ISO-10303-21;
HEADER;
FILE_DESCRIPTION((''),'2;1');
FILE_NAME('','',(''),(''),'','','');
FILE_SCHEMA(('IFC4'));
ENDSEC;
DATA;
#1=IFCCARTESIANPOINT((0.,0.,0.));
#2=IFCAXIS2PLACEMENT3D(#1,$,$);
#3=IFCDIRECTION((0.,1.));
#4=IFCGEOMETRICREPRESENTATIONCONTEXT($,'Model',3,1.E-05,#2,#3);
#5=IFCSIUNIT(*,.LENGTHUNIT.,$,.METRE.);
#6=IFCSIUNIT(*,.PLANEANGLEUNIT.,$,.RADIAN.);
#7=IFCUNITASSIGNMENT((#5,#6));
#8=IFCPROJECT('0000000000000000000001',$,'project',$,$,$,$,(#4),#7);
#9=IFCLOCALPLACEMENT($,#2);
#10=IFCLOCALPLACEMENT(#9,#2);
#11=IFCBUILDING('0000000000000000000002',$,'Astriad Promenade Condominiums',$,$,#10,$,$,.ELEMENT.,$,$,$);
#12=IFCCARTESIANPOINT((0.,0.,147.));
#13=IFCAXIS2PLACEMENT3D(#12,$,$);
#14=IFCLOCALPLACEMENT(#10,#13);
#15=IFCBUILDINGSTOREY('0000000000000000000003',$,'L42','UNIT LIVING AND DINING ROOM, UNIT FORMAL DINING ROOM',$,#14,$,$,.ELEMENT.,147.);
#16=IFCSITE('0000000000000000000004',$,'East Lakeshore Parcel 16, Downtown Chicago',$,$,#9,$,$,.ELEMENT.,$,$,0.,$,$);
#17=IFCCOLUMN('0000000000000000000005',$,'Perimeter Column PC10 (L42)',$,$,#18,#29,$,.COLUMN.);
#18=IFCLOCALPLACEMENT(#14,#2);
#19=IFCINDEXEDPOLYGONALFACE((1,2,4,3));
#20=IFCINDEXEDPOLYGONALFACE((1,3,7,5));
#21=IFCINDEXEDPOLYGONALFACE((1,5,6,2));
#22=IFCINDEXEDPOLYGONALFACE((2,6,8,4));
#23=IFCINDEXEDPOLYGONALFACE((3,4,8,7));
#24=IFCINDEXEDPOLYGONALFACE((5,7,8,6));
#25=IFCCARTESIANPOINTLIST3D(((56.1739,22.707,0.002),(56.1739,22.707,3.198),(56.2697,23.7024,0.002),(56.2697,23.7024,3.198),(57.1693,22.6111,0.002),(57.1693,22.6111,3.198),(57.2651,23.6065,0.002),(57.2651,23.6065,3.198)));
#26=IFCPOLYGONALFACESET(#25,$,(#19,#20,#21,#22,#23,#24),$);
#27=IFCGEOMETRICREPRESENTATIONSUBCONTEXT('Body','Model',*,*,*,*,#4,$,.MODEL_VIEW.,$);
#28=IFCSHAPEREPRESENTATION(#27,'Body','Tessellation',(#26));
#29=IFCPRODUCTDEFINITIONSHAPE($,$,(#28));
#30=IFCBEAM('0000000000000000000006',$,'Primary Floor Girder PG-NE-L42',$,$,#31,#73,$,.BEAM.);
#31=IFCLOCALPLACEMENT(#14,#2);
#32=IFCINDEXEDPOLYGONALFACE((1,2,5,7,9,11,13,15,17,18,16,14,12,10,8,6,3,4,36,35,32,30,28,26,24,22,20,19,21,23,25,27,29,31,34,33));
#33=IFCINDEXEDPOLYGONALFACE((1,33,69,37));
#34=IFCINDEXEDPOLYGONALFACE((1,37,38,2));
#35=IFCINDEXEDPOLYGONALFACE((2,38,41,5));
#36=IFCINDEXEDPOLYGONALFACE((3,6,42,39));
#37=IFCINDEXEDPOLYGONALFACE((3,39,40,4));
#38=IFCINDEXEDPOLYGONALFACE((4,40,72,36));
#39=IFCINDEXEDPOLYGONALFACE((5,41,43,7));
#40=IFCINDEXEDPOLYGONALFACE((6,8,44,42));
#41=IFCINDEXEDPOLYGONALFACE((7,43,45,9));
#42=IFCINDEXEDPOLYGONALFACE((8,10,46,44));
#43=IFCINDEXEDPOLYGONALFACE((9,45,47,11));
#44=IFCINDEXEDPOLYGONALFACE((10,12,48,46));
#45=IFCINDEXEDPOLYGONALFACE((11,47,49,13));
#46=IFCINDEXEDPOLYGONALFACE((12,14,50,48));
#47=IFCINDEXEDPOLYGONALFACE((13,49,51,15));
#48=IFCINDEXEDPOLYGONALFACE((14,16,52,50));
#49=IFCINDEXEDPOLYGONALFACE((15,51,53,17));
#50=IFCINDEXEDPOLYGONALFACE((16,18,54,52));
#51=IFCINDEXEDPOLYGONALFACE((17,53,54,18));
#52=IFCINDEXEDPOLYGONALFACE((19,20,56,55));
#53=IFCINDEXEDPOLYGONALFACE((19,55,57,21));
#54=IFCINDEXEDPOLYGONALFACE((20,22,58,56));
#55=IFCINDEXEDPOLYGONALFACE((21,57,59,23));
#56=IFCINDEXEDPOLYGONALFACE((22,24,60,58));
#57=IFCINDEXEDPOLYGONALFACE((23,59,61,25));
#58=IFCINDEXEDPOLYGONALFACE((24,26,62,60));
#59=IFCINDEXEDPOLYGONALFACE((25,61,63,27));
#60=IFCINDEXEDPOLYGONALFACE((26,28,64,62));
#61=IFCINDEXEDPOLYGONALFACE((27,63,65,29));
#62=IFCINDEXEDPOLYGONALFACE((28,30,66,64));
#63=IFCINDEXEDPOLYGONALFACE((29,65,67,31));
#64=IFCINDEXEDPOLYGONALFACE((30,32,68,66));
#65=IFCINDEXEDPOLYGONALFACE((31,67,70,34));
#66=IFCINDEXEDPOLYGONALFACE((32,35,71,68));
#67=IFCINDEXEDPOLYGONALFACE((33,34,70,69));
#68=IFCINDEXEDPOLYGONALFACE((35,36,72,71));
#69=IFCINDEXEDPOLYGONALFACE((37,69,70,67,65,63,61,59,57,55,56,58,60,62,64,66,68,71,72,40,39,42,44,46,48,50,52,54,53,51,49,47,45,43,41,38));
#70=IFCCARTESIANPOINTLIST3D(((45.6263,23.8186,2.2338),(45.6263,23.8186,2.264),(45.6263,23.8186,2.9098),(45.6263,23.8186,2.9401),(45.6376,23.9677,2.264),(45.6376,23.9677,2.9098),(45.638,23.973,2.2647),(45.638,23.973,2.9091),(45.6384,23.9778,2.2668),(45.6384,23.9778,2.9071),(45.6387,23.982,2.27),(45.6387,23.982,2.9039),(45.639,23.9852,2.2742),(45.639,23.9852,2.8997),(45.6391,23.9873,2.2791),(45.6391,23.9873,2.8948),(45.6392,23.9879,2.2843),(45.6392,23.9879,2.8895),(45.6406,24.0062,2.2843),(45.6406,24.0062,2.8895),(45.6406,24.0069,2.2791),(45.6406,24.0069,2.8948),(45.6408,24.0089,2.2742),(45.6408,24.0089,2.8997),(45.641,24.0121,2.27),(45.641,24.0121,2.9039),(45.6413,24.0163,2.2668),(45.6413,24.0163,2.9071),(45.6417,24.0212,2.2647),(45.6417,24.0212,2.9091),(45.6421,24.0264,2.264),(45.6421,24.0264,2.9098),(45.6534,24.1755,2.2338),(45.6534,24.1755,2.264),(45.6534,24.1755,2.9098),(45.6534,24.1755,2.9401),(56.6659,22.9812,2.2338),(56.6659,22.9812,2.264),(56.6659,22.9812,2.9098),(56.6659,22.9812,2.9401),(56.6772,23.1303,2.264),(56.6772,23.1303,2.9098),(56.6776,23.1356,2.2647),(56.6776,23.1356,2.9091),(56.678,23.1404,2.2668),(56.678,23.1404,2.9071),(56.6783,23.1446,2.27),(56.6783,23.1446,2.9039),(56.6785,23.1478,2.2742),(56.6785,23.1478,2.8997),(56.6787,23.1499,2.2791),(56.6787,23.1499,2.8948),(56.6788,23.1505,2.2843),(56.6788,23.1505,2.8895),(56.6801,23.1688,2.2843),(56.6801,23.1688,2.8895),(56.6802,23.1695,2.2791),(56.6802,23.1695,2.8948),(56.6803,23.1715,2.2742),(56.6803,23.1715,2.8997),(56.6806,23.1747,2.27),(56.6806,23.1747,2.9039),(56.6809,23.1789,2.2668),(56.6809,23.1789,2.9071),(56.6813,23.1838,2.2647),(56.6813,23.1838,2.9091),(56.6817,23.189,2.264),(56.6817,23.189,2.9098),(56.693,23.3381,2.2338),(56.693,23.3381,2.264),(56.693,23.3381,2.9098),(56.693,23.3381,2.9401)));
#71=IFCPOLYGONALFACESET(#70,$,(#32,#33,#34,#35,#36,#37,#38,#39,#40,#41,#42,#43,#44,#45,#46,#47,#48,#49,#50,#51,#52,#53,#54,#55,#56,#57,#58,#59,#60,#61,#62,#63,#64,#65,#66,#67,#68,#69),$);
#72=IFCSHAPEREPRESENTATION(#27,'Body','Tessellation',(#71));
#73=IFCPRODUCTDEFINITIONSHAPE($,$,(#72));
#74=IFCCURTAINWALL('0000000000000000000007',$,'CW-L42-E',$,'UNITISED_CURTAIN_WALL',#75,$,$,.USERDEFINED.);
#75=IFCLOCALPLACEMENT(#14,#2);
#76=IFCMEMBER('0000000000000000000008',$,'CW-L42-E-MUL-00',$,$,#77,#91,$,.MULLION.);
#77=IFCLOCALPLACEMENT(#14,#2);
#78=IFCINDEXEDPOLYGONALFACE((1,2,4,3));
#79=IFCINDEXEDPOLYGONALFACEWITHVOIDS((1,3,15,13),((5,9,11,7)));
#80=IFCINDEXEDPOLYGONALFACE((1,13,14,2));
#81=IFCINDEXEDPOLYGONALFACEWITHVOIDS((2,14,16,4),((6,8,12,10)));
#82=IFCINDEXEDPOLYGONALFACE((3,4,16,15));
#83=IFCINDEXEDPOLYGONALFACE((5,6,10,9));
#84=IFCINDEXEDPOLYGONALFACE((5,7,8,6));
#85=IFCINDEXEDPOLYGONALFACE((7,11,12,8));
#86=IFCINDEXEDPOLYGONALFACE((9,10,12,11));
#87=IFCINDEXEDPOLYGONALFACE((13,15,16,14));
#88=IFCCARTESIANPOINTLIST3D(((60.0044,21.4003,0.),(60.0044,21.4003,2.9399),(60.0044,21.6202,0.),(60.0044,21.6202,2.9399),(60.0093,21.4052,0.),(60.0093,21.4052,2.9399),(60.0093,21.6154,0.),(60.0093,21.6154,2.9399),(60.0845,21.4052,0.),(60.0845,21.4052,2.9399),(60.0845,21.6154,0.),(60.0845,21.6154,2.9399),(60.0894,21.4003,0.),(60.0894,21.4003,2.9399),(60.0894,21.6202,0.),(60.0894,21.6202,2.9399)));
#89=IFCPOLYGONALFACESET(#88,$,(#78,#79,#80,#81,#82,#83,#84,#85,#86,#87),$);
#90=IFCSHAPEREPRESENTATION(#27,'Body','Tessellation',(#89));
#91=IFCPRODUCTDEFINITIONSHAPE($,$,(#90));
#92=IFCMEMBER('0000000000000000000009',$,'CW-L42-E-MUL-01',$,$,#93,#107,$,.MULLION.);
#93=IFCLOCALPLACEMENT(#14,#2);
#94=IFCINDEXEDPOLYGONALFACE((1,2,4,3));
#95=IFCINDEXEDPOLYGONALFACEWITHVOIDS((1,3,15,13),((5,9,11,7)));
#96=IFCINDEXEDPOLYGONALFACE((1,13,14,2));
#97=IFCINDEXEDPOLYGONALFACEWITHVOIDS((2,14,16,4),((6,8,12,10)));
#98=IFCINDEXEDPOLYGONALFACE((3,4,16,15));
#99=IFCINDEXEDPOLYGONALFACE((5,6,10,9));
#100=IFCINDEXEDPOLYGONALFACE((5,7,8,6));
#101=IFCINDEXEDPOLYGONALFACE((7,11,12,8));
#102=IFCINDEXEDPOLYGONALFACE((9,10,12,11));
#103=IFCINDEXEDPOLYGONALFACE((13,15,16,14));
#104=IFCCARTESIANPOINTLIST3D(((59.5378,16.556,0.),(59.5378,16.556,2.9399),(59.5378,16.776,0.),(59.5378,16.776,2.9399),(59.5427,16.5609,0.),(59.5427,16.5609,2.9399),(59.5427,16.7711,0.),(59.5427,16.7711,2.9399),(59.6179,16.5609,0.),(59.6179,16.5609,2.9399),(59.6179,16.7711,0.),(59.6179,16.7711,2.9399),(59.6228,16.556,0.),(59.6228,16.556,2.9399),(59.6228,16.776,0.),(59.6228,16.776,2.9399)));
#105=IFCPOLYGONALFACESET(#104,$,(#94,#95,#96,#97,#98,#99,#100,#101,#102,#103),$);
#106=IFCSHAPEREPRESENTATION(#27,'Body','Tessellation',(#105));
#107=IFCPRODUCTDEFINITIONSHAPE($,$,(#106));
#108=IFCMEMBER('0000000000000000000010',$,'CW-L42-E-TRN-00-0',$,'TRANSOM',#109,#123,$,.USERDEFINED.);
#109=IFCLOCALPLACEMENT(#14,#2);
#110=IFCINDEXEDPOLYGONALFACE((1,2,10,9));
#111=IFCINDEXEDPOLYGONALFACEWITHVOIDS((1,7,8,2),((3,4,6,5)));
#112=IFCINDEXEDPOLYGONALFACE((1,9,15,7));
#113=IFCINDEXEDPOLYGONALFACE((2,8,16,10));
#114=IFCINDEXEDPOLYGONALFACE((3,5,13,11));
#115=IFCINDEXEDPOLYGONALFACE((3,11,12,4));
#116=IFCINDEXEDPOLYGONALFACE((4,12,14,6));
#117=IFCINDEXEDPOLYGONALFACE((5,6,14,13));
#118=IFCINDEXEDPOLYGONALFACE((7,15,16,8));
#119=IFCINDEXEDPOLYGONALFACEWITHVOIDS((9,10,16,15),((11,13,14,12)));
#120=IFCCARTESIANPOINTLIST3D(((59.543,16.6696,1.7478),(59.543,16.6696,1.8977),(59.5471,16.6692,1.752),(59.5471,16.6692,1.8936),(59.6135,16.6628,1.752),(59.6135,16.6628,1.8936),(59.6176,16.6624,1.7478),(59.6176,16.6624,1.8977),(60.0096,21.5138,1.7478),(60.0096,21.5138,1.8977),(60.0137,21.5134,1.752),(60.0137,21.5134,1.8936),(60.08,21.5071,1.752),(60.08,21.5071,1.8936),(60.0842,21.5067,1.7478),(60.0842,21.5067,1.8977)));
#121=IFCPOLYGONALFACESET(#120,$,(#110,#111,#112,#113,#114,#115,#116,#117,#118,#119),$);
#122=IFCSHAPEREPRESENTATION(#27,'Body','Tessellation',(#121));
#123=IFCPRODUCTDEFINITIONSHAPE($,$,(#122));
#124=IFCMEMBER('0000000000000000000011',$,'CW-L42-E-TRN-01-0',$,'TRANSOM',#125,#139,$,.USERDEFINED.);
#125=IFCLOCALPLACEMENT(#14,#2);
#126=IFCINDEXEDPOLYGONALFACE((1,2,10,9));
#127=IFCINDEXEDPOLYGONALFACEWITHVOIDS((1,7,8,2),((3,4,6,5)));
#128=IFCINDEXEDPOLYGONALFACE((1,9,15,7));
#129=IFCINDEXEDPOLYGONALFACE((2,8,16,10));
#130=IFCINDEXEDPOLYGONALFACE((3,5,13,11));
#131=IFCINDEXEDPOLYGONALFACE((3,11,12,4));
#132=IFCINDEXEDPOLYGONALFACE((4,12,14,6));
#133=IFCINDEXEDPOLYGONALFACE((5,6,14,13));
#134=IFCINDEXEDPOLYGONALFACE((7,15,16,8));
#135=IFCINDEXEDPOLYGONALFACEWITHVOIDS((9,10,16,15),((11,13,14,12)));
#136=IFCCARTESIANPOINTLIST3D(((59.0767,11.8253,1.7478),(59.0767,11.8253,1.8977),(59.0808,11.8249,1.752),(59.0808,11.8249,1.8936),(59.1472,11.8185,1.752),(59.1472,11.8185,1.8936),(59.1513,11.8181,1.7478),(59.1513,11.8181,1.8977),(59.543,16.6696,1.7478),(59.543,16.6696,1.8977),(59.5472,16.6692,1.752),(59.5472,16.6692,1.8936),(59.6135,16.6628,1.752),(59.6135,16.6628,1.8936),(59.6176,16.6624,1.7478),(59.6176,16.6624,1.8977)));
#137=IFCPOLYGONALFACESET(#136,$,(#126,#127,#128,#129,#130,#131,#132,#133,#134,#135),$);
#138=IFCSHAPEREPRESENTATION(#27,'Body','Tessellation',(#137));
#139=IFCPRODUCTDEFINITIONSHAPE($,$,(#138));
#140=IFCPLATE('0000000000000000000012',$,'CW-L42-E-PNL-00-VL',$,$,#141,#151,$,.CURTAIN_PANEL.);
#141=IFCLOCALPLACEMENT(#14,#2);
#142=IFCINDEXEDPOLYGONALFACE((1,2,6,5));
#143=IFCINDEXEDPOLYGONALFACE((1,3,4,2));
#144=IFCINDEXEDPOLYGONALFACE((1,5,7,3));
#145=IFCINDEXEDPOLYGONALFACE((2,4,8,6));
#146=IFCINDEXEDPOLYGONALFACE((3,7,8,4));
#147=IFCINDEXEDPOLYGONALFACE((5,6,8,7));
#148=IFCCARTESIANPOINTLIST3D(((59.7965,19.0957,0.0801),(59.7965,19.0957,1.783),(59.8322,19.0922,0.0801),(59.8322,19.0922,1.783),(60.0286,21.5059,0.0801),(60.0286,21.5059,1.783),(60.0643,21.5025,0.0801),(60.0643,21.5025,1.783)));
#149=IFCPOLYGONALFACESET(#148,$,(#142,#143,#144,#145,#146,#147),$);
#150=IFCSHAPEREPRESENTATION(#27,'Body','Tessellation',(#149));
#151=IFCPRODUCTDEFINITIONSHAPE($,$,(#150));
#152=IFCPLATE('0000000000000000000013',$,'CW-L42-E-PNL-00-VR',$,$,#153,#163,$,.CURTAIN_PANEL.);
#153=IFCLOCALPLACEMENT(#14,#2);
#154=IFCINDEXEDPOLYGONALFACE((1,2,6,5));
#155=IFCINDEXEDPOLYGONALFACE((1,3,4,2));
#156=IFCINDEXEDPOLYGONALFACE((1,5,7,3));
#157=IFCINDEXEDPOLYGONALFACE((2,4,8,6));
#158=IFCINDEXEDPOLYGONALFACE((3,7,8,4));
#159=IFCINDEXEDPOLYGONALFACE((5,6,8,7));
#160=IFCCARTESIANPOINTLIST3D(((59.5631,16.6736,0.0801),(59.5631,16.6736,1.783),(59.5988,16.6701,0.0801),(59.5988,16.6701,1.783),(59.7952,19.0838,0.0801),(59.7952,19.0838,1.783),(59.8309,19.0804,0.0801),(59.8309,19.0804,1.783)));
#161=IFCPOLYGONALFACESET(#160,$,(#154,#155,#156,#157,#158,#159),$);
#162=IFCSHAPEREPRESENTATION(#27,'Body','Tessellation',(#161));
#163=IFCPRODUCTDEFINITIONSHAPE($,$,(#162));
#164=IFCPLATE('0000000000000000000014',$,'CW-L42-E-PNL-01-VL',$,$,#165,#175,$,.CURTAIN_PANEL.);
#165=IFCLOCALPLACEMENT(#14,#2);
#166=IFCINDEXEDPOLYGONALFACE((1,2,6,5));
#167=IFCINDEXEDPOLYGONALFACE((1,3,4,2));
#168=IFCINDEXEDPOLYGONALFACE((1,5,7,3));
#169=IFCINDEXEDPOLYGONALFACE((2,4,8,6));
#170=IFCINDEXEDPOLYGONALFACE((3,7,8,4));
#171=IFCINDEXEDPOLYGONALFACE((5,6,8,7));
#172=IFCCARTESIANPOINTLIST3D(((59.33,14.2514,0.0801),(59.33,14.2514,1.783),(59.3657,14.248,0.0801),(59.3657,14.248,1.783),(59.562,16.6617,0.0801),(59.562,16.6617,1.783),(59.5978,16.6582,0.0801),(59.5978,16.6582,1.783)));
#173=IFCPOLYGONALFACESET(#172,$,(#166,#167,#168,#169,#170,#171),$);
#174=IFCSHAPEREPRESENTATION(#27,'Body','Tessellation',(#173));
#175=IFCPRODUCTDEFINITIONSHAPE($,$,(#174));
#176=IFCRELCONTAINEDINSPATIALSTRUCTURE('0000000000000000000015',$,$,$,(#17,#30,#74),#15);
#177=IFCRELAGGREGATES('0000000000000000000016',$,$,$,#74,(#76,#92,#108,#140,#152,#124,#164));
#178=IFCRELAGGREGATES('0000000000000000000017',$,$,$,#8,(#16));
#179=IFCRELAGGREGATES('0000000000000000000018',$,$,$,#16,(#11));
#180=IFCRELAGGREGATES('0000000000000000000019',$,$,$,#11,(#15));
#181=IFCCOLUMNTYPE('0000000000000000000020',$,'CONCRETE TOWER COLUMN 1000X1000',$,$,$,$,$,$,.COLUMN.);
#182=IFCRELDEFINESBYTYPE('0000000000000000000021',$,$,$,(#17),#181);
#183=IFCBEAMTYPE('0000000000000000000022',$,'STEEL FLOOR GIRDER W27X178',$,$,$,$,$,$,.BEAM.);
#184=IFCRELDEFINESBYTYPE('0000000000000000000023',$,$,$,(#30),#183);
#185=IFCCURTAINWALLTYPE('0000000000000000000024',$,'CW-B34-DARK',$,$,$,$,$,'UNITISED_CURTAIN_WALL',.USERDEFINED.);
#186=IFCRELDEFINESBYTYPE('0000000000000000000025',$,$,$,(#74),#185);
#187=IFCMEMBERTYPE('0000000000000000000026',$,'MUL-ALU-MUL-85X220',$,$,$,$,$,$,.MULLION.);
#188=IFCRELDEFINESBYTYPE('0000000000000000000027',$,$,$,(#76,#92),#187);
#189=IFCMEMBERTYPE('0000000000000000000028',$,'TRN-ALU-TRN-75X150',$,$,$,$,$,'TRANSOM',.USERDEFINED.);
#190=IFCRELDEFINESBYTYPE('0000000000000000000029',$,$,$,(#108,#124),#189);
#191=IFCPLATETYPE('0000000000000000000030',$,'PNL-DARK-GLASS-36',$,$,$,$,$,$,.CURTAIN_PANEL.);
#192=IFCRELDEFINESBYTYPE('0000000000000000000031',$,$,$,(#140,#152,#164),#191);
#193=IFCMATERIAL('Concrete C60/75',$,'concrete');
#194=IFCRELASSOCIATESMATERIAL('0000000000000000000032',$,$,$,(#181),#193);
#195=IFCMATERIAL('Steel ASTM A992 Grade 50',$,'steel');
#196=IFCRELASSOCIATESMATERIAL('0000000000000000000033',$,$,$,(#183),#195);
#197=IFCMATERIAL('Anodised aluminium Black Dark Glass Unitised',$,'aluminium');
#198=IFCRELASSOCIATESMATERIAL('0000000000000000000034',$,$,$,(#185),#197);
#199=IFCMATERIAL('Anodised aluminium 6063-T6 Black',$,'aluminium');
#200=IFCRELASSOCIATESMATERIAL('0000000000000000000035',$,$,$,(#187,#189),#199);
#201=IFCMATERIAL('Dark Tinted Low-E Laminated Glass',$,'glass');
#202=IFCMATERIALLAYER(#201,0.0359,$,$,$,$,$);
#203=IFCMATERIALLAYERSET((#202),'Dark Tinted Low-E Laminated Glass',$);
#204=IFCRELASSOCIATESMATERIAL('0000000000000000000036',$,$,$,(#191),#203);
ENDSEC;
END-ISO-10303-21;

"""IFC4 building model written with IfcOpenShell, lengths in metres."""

from ifc_helpers import new_model, si_unit, direction, frame, origin, origin_2d, place, context, subcontext, project, spatial, rectangle, hollow_rectangle, i_section, extrude, source, transform, mapped, material, layer, layer_set, material_profile, profile_set, type_object, type_shapes, element, aggregate, save


model = new_model("IFC4")

# Units and contexts
model_context = context("Model", 3, precision=1e-05, world=origin(), true_north=direction((0.0, 1.0)))
body_context = subcontext(model_context, "Body", "Model", "MODEL_VIEW")
ifc_project = project(units=[si_unit("LENGTHUNIT", "METRE"), si_unit("PLANEANGLEUNIT", "RADIAN")], contexts=[model_context])

# Site, building, storey
site_placement = place(None, origin())
site = spatial("IfcSite", under=ifc_project, at=site_placement, Name="East Lakeshore Parcel 16, Downtown Chicago", CompositionType="ELEMENT", RefElevation=0.0)
building_placement = place(site_placement, origin())
building = spatial("IfcBuilding", under=site, at=building_placement, Name="Astriad Promenade Condominiums", CompositionType="ELEMENT")
storey_placement = place(building_placement, frame((0.0, 0.0, 147.0)))
storey = spatial("IfcBuildingStorey", under=building, at=storey_placement, Name="L42", Description="UNIT LIVING AND DINING ROOM, UNIT FORMAL DINING ROOM", CompositionType="ELEMENT", Elevation=147.0)

# Column
ifc_material_1 = material(Name="Concrete C60/75", Category="concrete")
ifc_material_profile_1 = material_profile(ifc_material_1, rectangle(XDim=1.0, YDim=1.0, at=origin_2d()), Name="RC-COL-1000X1000")
ifc_profile_set_1 = profile_set([ifc_material_profile_1], Name="Concrete C60/75")
column_type = type_object("IfcColumnType", Name="CONCRETE TOWER COLUMN 1000X1000", PredefinedType="COLUMN", material=ifc_profile_set_1)
shared_shape_1 = source(origin(), body_context, "Body", "SweptSolid", [
    extrude(rectangle(XDim=1.0, YDim=1.0, at=origin_2d()), origin(), (0.0, 0.0, 1.0), 3.196),
])
type_shapes(column_type, [shared_shape_1])
column_placement = place(storey_placement, frame((56.7195, 23.1567, 0.002), z_axis=(0.0, 0.0, 1.0), x_axis=(0.995396, -0.095846, 0.0)))
element("IfcColumn", 1, at=column_placement, inside=storey, type_object=column_type, Name="Perimeter Column PC10 (L42)", PredefinedType="COLUMN", context=body_context, shape_type="MappedRepresentation", body=[
    mapped(shared_shape_1, transform((0.0, 0.0, 0.0), scale=1.0)),
])

# Beam
ifc_material_2 = material(Name="Steel ASTM A992 Grade 50", Category="steel")
ifc_material_profile_2 = material_profile(ifc_material_2, i_section(OverallWidth=0.3579, OverallDepth=0.7063, WebThickness=0.0183, FlangeThickness=0.0303, FilletRadius=0.0203, at=origin_2d()), Name="W27X178")
ifc_profile_set_2 = profile_set([ifc_material_profile_2], Name="Steel ASTM A992 Grade 50")
beam_type = type_object("IfcBeamType", Name="STEEL FLOOR GIRDER W27X178", PredefinedType="BEAM", material=ifc_profile_set_2)
shared_shape_2 = source(origin(), body_context, "Body", "SweptSolid", [
    extrude(i_section(OverallWidth=0.3579, OverallDepth=0.7063, WebThickness=0.0183, FlangeThickness=0.0303, FilletRadius=0.0203, at=origin_2d()), origin(), (0.0, 0.0, 1.0), 11.0713),
])
type_shapes(beam_type, [shared_shape_2])
beam_placement = place(storey_placement, frame((56.6794, 23.1597, 2.5869), z_axis=(-0.997135, 0.075637, 0.0), x_axis=(-0.075637, -0.997135, 0.0)))
element("IfcBeam", 2, at=beam_placement, inside=storey, type_object=beam_type, Name="Primary Floor Girder PG-NE-L42", PredefinedType="BEAM", context=body_context, shape_type="MappedRepresentation", body=[
    mapped(shared_shape_2, transform((0.0, 0.0, 0.0), scale=1.0)),
])

# Curtain wall, members, plates
ifc_material_3 = material(Name="Anodised aluminium Black Dark Glass Unitised", Category="aluminium")
curtain_wall_type = type_object("IfcCurtainWallType", Name="CW-B34-DARK", ElementType="UNITISED_CURTAIN_WALL", PredefinedType="USERDEFINED", material=ifc_material_3)
curtain_wall_placement = place(storey_placement, origin())
curtain_wall = element("IfcCurtainWall", 3, at=curtain_wall_placement, inside=storey, type_object=curtain_wall_type, Name="CW-L42-E", ObjectType="UNITISED_CURTAIN_WALL", PredefinedType="USERDEFINED")
ifc_material_4 = material(Name="Anodised aluminium 6063-T6 Black", Category="aluminium")
ifc_material_profile_3 = material_profile(ifc_material_4, hollow_rectangle(XDim=0.085, YDim=0.22, WallThickness=0.0049, at=origin_2d()), Name="ALU-MUL-85X220")
ifc_profile_set_3 = profile_set([ifc_material_profile_3], Name="Anodised aluminium 6063-T6 Black")
member_type_1 = type_object("IfcMemberType", Name="MUL-ALU-MUL-85X220", PredefinedType="MULLION", material=ifc_profile_set_3)
shared_shape_3 = source(origin(), body_context, "Body", "SweptSolid", [
    extrude(hollow_rectangle(XDim=0.085, YDim=0.22, WallThickness=0.0049, at=origin_2d()), origin(), (0.0, 0.0, 1.0), 2.9399),
])
type_shapes(member_type_1, [shared_shape_3])
member_1_placement = place(storey_placement, frame((60.0469, 21.5103, 0.0), z_axis=(0.0, 0.0, 1.0), x_axis=(1.0, 0.0, 0.0)))
member_1 = element("IfcMember", 4, at=member_1_placement, type_object=member_type_1, Name="CW-L42-E-MUL-00", PredefinedType="MULLION", context=body_context, shape_type="MappedRepresentation", body=[
    mapped(shared_shape_3, transform((0.0, 0.0, 0.0), scale=1.0)),
])
member_2_placement = place(storey_placement, frame((59.5803, 16.666, 0.0), z_axis=(0.0, 0.0, 1.0), x_axis=(1.0, 0.0, 0.0)))
member_2 = element("IfcMember", 5, at=member_2_placement, type_object=member_type_1, Name="CW-L42-E-MUL-01", PredefinedType="MULLION", context=body_context, shape_type="MappedRepresentation", body=[
    mapped(shared_shape_3, transform((0.0, 0.0, 0.0), scale=1.0)),
])
ifc_material_profile_4 = material_profile(ifc_material_4, hollow_rectangle(XDim=0.075, YDim=0.1499, WallThickness=0.0042, at=origin_2d()), Name="ALU-TRN-75X150")
ifc_profile_set_4 = profile_set([ifc_material_profile_4], Name="Anodised aluminium 6063-T6 Black")
member_type_2 = type_object("IfcMemberType", Name="TRN-ALU-TRN-75X150", ElementType="TRANSOM", PredefinedType="USERDEFINED", material=ifc_profile_set_4)
shared_shape_4 = source(origin(), body_context, "Body", "SweptSolid", [
    extrude(hollow_rectangle(XDim=0.075, YDim=0.1499, WallThickness=0.0042, at=origin_2d()), origin(), (0.0, 0.0, 1.0), 4.8667),
])
type_shapes(member_type_2, [shared_shape_4])
member_3_placement = place(storey_placement, frame((60.0469, 21.5103, 1.8228), z_axis=(-0.095867, -0.995394, 0.0), x_axis=(0.995394, -0.095867, 0.0)))
member_3 = element("IfcMember", 6, at=member_3_placement, type_object=member_type_2, Name="CW-L42-E-TRN-00-0", ObjectType="TRANSOM", PredefinedType="USERDEFINED", context=body_context, shape_type="MappedRepresentation", body=[
    mapped(shared_shape_4, transform((0.0, 0.0, 0.0), scale=1.0)),
])
member_4_placement = place(storey_placement, frame((59.5803, 16.666, 1.8228), z_axis=(-0.095818, -0.995399, 0.0), x_axis=(0.995399, -0.095818, 0.0)))
member_4 = element("IfcMember", 7, at=member_4_placement, type_object=member_type_2, Name="CW-L42-E-TRN-01-0", ObjectType="TRANSOM", PredefinedType="USERDEFINED", context=body_context, shape_type="MappedRepresentation", body=[
    mapped(shared_shape_4, transform((0.0, 0.0, 0.0), scale=1.0)),
])
ifc_material_5 = material(Name="Dark Tinted Low-E Laminated Glass", Category="glass")
ifc_layer_1 = layer(ifc_material_5, 0.0359)
ifc_layer_set_1 = layer_set([ifc_layer_1], Name="Dark Tinted Low-E Laminated Glass")
plate_type = type_object("IfcPlateType", Name="PNL-DARK-GLASS-36", PredefinedType="CURTAIN_PANEL", material=ifc_layer_set_1)
shared_shape_5 = source(origin(), body_context, "Body", "SweptSolid", [
    extrude(rectangle(XDim=2.4214, YDim=0.0359, at=origin_2d()), origin(), (0.0, 0.0, 1.0), 1.7029),
])
plate_1_placement = place(storey_placement, frame((59.9304, 20.2991, 0.0801), z_axis=(0.0, 0.0, 1.0), x_axis=(-0.095846, -0.995396, 0.0)))
plate_1 = element("IfcPlate", 8, at=plate_1_placement, type_object=plate_type, Name="CW-L42-E-PNL-00-VL", PredefinedType="CURTAIN_PANEL", context=body_context, shape_type="MappedRepresentation", body=[
    mapped(shared_shape_5, transform((0.0, 0.0, 0.0), scale=1.0)),
])
plate_2_placement = place(storey_placement, frame((59.697, 17.877, 0.0801), z_axis=(0.0, 0.0, 1.0), x_axis=(-0.095846, -0.995396, 0.0)))
plate_2 = element("IfcPlate", 9, at=plate_2_placement, type_object=plate_type, Name="CW-L42-E-PNL-00-VR", PredefinedType="CURTAIN_PANEL", context=body_context, shape_type="MappedRepresentation", body=[
    mapped(shared_shape_5, transform((0.0, 0.0, 0.0), scale=1.0)),
])
plate_3_placement = place(storey_placement, frame((59.4639, 15.4548, 0.0801), z_axis=(0.0, 0.0, 1.0), x_axis=(-0.095846, -0.995396, 0.0)))
plate_3 = element("IfcPlate", 10, at=plate_3_placement, type_object=plate_type, Name="CW-L42-E-PNL-01-VL", PredefinedType="CURTAIN_PANEL", context=body_context, shape_type="MappedRepresentation", body=[
    mapped(shared_shape_5, transform((0.0, 0.0, 0.0), scale=1.0)),
])
aggregate(curtain_wall, [member_1, member_2, member_3, plate_1, plate_2, member_4, plate_3])

save(model, "model.ifc")
